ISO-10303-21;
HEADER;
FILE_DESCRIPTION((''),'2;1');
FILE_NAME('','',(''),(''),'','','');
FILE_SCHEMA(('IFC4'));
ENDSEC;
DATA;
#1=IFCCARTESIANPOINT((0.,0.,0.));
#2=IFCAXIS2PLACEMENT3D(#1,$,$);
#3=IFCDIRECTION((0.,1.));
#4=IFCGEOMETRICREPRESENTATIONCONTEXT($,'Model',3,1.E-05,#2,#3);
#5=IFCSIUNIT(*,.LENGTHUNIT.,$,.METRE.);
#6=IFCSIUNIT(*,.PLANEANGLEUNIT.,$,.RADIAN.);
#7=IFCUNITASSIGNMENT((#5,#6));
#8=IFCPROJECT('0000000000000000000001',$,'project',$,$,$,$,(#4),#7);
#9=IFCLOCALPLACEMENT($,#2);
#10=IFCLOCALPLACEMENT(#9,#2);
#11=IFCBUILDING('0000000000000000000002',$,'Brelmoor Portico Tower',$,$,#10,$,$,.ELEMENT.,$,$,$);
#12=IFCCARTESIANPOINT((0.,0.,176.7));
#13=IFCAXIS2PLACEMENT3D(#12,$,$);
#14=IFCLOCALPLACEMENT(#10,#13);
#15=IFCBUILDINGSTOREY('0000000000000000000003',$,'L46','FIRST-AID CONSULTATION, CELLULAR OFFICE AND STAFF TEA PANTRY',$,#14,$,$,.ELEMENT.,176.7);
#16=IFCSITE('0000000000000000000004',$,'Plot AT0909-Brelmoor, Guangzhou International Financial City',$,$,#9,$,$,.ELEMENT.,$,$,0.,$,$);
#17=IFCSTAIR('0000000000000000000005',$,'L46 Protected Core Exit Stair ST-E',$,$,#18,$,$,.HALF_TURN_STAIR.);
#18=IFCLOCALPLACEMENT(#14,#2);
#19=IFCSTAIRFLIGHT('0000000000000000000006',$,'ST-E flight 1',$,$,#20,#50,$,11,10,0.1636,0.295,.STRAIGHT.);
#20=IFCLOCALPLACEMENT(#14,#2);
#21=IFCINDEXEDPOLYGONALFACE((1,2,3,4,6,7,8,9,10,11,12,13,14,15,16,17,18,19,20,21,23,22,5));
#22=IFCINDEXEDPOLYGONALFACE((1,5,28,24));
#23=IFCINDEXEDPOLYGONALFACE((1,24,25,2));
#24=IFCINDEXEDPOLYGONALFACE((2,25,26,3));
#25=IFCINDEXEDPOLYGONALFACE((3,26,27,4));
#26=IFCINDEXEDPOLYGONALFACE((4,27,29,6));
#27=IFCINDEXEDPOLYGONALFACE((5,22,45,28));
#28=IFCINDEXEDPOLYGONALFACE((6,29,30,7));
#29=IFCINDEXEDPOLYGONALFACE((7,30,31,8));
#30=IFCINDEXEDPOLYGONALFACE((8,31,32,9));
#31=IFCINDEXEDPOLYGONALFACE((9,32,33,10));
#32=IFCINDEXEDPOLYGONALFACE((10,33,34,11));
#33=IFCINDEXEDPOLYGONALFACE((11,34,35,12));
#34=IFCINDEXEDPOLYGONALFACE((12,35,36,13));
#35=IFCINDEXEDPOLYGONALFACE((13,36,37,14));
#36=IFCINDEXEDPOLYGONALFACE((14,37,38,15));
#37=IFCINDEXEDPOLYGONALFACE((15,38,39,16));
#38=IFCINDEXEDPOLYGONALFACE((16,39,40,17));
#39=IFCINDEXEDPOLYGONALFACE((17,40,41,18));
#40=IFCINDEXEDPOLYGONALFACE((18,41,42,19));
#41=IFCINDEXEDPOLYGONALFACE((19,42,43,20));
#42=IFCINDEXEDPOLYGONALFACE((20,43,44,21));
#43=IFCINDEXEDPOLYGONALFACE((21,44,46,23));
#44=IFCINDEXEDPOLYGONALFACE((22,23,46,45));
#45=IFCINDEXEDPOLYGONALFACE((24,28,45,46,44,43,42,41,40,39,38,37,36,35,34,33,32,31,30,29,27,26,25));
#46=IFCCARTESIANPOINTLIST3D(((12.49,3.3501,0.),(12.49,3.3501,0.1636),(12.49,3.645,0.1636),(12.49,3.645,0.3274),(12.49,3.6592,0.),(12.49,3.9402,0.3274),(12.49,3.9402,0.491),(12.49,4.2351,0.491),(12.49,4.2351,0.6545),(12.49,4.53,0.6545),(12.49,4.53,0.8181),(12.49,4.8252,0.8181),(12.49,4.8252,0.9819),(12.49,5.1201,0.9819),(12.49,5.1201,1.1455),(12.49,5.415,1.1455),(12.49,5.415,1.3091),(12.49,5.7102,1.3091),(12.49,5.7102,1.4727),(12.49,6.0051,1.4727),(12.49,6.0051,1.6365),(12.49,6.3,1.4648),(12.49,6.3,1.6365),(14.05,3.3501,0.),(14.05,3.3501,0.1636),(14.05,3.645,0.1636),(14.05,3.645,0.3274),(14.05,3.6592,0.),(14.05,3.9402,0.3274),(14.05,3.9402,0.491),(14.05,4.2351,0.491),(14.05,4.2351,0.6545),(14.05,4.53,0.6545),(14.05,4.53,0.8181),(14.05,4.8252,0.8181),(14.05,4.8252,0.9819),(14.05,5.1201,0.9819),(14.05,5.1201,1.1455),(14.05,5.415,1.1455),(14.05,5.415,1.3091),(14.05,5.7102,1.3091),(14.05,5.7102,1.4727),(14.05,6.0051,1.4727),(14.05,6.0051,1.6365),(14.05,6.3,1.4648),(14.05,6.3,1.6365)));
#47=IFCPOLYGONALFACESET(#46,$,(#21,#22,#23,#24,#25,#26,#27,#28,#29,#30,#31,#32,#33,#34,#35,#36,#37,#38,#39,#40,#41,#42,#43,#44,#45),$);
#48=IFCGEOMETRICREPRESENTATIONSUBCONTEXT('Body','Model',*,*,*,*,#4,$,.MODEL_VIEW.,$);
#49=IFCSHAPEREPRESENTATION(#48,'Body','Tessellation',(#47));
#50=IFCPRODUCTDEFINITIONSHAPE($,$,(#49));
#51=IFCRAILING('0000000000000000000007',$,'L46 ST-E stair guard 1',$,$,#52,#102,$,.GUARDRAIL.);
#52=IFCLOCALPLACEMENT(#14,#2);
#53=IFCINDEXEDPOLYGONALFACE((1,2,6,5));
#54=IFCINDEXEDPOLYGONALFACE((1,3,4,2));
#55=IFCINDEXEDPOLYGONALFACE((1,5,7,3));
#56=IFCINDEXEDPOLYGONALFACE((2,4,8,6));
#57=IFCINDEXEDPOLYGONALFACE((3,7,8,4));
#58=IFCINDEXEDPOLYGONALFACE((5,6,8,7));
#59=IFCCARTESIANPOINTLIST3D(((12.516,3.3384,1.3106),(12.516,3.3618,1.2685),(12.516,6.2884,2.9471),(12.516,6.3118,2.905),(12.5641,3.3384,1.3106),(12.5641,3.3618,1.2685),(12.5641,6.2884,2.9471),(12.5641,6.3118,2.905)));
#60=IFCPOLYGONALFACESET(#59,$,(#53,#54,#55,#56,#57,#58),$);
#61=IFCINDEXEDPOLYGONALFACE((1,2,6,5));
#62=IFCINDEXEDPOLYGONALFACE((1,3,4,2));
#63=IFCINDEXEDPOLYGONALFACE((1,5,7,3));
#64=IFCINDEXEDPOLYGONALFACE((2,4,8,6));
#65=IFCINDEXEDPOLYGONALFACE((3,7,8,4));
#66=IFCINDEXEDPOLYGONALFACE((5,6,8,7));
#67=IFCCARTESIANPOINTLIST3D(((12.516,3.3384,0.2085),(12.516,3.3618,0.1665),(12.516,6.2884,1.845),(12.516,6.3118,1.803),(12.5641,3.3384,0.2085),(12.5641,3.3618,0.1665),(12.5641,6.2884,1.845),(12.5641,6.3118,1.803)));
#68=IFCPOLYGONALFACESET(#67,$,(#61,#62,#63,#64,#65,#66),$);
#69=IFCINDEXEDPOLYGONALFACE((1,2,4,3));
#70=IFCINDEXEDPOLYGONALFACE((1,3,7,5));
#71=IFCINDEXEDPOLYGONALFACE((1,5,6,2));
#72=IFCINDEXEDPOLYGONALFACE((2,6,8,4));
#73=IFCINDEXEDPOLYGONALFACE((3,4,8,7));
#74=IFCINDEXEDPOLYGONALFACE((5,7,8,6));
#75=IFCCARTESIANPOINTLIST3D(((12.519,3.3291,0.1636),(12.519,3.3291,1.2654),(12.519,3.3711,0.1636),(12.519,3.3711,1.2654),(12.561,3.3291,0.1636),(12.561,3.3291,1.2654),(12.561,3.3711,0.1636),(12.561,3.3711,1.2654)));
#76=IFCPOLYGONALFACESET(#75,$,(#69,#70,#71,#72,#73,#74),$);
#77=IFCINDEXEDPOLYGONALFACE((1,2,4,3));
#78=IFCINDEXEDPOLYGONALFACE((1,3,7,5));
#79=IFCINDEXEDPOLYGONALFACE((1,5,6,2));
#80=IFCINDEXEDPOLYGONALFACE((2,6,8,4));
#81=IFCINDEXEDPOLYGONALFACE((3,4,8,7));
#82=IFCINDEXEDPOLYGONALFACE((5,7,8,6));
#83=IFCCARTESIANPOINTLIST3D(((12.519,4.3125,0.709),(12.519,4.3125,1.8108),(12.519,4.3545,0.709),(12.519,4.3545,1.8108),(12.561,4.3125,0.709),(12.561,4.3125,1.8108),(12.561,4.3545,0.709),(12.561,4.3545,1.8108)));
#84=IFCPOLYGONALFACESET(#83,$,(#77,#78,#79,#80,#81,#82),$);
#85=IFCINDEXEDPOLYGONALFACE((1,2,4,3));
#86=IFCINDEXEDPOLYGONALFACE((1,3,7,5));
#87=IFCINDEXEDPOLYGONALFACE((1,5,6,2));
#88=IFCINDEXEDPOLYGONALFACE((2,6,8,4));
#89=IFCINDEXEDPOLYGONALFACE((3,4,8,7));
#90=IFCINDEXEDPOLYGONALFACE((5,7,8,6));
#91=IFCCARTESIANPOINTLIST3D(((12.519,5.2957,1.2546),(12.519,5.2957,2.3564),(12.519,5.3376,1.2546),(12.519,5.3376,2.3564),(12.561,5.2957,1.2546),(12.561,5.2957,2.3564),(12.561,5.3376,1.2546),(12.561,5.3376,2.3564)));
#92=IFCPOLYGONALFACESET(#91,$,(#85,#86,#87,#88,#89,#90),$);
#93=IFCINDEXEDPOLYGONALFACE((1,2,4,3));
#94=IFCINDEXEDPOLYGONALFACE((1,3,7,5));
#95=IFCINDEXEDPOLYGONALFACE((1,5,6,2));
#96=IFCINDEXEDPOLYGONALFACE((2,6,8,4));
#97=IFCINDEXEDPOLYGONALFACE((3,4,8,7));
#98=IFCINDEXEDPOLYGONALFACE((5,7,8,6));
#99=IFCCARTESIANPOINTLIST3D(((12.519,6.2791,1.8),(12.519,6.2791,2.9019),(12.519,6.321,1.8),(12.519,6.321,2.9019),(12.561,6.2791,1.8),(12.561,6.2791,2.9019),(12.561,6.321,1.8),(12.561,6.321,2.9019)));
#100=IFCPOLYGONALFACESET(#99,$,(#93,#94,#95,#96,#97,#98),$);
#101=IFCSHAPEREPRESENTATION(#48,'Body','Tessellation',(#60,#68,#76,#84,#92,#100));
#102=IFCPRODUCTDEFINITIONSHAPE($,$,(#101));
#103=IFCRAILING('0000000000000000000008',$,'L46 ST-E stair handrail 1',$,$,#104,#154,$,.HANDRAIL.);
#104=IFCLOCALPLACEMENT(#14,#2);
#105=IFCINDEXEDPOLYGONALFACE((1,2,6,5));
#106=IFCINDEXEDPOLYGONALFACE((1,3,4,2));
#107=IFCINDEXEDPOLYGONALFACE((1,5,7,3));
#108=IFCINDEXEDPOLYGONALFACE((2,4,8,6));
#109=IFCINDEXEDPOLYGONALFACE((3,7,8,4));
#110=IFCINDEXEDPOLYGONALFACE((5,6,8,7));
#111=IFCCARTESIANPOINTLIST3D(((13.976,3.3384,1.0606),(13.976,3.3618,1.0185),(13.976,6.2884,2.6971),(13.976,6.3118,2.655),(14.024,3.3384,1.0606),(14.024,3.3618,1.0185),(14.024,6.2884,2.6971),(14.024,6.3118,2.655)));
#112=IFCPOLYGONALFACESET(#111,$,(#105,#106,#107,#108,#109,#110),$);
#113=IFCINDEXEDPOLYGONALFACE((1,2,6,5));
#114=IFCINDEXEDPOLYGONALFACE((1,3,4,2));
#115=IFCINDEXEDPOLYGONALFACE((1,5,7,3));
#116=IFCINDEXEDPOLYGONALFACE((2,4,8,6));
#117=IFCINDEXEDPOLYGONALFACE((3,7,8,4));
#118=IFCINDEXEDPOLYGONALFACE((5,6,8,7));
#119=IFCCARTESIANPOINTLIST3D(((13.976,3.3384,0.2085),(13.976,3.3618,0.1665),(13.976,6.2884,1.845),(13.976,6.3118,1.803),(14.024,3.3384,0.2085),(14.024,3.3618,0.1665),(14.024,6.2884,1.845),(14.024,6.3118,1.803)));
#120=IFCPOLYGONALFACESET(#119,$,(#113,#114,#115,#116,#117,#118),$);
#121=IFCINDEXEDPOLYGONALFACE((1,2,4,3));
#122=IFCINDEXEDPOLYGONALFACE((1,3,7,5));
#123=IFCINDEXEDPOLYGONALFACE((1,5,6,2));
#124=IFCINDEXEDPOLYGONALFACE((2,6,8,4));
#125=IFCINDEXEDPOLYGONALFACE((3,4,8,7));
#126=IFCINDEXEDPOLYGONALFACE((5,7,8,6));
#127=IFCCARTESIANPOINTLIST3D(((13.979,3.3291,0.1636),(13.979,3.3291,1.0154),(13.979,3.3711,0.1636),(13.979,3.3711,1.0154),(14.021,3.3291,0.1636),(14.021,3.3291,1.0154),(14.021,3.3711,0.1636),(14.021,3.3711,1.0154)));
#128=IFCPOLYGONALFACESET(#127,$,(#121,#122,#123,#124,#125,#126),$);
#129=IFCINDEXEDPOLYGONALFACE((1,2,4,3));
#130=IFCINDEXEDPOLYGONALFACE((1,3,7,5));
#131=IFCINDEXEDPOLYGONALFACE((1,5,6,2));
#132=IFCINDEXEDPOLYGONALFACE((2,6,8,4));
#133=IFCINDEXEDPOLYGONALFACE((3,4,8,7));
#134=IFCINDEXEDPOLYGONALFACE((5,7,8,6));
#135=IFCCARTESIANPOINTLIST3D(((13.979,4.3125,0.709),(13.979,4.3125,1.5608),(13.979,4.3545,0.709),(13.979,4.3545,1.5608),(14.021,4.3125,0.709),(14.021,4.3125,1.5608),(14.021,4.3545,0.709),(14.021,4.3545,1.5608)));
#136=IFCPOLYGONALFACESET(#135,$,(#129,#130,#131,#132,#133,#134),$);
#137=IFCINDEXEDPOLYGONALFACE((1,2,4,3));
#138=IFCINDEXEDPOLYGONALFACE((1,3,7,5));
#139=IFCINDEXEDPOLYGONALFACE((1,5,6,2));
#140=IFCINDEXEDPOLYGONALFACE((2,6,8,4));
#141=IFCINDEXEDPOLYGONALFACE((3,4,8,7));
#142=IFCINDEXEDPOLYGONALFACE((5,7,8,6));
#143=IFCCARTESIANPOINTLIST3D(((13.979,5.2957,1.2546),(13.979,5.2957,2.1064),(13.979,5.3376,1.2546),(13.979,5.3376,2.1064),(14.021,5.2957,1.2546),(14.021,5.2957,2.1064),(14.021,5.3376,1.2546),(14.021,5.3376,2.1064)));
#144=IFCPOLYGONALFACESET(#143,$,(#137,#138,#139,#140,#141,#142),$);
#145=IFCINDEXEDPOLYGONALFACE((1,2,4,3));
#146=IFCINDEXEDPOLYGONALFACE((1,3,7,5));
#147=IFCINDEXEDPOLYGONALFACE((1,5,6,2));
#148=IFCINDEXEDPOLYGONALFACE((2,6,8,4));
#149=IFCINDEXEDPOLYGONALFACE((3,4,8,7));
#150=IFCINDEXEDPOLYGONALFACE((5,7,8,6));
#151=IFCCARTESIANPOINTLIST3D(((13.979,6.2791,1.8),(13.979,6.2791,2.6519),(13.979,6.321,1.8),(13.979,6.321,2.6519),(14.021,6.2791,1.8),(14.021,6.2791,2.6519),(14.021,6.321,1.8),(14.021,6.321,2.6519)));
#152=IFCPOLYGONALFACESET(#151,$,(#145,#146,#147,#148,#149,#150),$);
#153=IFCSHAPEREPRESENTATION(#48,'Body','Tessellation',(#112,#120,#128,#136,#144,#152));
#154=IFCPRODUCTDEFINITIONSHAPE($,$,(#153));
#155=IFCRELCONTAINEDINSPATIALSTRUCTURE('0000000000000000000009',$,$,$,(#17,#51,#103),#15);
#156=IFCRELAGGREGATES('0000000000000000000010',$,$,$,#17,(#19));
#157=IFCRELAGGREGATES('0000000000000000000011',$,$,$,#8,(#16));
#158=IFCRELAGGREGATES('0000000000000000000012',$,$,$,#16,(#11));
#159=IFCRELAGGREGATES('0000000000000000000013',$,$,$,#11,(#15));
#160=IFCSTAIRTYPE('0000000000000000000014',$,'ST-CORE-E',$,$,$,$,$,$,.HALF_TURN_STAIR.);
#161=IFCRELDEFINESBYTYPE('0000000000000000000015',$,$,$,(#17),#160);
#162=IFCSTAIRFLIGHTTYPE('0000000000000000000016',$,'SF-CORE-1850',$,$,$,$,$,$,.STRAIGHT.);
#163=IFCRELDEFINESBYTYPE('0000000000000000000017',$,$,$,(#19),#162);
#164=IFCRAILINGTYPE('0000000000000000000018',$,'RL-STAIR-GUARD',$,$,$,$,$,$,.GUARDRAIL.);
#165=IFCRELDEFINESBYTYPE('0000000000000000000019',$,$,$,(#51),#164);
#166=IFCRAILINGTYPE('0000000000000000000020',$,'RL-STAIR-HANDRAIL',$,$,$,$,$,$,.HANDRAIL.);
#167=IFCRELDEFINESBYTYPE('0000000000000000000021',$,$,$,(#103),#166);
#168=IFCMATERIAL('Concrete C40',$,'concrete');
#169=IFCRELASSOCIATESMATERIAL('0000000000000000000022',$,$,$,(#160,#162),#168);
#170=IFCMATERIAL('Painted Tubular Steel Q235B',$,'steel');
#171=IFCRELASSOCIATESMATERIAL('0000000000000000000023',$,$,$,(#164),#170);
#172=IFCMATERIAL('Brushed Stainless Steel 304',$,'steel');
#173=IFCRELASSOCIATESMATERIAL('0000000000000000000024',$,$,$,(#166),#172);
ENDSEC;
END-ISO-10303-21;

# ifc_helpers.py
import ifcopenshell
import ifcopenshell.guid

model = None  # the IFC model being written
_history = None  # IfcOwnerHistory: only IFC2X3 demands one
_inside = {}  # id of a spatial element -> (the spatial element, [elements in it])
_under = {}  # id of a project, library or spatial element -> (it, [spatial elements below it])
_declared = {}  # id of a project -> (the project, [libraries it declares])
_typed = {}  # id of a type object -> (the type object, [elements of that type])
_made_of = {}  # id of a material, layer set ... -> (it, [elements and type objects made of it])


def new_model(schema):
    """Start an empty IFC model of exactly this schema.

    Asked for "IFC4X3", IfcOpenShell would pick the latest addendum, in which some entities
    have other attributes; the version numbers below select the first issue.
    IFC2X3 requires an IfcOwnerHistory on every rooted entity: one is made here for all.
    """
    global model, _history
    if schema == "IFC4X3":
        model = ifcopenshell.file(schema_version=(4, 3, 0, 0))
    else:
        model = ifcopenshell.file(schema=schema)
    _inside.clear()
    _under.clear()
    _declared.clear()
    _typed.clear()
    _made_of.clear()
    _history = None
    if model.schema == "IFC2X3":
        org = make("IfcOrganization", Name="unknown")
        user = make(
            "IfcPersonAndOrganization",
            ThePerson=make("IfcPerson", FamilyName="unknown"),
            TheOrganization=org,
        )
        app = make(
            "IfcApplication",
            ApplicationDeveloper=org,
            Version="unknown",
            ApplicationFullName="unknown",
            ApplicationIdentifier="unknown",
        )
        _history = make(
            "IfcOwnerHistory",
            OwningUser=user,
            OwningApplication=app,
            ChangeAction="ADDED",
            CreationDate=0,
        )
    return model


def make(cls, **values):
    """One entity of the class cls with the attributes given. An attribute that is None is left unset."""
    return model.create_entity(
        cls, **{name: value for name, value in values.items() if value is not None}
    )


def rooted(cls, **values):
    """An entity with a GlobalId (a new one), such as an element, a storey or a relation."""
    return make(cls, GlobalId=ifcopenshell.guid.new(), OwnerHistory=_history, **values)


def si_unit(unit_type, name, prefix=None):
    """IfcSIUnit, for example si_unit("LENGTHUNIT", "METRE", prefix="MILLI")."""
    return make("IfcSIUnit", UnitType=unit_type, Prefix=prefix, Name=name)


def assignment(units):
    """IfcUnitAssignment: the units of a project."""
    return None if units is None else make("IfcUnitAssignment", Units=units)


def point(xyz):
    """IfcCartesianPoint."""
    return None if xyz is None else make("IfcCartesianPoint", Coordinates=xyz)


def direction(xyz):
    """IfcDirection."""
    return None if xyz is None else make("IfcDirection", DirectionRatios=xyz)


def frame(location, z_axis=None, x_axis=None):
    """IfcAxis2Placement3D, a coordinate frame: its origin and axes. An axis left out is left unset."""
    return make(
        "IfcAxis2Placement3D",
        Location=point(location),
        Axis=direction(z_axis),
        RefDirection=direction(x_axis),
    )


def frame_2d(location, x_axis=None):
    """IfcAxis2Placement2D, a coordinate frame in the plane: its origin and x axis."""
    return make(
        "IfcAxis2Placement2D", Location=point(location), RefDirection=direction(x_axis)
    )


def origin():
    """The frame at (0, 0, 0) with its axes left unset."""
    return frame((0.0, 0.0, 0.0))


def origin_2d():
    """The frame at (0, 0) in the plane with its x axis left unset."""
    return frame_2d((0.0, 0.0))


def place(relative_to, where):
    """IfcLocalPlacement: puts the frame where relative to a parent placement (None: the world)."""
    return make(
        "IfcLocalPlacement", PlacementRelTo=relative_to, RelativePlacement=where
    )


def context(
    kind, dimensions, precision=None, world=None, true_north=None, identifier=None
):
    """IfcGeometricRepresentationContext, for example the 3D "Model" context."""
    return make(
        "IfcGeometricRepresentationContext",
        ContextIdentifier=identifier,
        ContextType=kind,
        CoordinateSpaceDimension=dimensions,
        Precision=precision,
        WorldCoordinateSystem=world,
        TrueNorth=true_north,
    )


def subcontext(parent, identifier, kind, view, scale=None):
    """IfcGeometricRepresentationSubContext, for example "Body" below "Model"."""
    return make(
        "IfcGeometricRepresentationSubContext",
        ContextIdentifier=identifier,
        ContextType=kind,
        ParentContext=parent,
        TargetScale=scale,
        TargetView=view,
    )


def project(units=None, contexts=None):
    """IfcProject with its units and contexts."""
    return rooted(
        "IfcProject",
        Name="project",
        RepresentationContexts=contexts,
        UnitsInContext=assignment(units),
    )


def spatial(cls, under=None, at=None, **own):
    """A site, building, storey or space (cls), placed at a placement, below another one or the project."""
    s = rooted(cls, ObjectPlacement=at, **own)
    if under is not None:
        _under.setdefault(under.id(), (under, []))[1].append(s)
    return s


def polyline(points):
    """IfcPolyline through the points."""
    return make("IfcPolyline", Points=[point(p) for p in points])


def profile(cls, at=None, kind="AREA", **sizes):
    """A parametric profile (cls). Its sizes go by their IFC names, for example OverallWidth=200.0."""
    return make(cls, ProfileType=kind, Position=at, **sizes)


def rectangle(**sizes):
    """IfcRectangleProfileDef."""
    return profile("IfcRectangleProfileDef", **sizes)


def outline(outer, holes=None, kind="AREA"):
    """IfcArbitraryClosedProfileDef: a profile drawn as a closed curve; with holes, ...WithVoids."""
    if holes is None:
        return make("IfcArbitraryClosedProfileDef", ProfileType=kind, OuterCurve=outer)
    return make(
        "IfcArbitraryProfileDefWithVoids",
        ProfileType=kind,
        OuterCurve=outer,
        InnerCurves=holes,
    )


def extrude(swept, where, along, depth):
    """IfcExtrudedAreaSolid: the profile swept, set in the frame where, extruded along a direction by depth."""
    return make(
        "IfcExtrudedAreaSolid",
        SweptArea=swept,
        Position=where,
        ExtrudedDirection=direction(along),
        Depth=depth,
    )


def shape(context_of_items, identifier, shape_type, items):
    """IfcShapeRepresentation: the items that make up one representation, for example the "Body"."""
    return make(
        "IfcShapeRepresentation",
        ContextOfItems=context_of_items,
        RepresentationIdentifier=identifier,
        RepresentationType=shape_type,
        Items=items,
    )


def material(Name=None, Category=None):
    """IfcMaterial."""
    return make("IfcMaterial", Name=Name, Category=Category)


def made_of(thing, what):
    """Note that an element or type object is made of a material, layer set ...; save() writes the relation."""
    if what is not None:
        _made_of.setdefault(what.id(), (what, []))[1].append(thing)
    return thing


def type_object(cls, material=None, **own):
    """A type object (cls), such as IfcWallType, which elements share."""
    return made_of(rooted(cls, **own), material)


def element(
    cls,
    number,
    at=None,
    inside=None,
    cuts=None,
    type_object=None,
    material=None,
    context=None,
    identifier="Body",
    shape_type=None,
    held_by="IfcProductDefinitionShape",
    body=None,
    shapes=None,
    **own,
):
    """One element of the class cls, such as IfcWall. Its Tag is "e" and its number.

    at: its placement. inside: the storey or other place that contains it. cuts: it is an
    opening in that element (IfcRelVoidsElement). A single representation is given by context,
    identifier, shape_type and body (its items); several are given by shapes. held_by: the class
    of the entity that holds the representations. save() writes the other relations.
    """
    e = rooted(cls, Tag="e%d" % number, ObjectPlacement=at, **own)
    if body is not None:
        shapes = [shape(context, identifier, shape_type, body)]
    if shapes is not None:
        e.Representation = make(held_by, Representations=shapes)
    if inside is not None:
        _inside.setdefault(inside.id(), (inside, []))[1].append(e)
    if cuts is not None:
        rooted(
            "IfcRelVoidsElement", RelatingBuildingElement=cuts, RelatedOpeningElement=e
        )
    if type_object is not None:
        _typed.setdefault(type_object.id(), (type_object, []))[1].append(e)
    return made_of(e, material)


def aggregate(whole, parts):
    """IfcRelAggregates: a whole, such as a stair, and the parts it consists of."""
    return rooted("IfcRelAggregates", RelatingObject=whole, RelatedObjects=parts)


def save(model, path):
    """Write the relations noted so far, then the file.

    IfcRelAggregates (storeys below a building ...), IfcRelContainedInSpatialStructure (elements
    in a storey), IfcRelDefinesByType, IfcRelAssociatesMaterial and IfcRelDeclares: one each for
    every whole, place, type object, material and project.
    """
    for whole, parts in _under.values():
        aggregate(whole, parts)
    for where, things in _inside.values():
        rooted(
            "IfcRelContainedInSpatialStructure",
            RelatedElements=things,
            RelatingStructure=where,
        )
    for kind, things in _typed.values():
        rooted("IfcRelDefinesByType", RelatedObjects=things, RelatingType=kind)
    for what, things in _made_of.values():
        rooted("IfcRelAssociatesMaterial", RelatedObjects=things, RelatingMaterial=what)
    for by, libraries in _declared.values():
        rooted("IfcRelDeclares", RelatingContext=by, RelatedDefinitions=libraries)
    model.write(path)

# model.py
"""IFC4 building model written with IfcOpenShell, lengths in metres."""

from ifc_helpers import new_model, si_unit, direction, frame, origin, origin_2d, place, context, subcontext, project, spatial, polyline, rectangle, outline, extrude, material, type_object, element, aggregate, save


model = new_model("IFC4")

# Units and contexts
model_context = context("Model", 3, precision=1e-05, world=origin(), true_north=direction((0.0, 1.0)))
body_context = subcontext(model_context, "Body", "Model", "MODEL_VIEW")
ifc_project = project(units=[si_unit("LENGTHUNIT", "METRE"), si_unit("PLANEANGLEUNIT", "RADIAN")], contexts=[model_context])

# Site, building, storey
site_placement = place(None, origin())
site = spatial("IfcSite", under=ifc_project, at=site_placement, Name="Plot AT0909-Brelmoor, Guangzhou International Financial City", CompositionType="ELEMENT", RefElevation=0.0)
building_placement = place(site_placement, origin())
building = spatial("IfcBuilding", under=site, at=building_placement, Name="Brelmoor Portico Tower", CompositionType="ELEMENT")
storey_placement = place(building_placement, frame((0.0, 0.0, 176.7)))
storey = spatial("IfcBuildingStorey", under=building, at=storey_placement, Name="L46", Description="FIRST-AID CONSULTATION, CELLULAR OFFICE AND STAFF TEA PANTRY", CompositionType="ELEMENT", Elevation=176.7)

# Shared definitions
ifc_material_1 = material(Name="Concrete C40", Category="concrete")

# Stair, stair flight
stair_type = type_object("IfcStairType", Name="ST-CORE-E", PredefinedType="HALF_TURN_STAIR", material=ifc_material_1)
stair_placement = place(storey_placement, origin())
stair = element("IfcStair", 1, at=stair_placement, inside=storey, type_object=stair_type, Name="L46 Protected Core Exit Stair ST-E", PredefinedType="HALF_TURN_STAIR")
stair_flight_type = type_object("IfcStairFlightType", Name="SF-CORE-1850", PredefinedType="STRAIGHT", material=ifc_material_1)
stair_flight_placement = place(storey_placement, frame((13.27, 3.3501, 0.0), z_axis=(0.0, 0.0, 1.0), x_axis=(0.0, 1.0, 0.0)))
stair_flight = element("IfcStairFlight", 2, at=stair_flight_placement, type_object=stair_flight_type, Name="ST-E flight 1", NumberOfRisers=11, NumberOfTreads=10, PredefinedType="STRAIGHT", RiserHeight=0.1636, TreadLength=0.295, context=body_context, shape_type="SweptSolid", body=[
    extrude(outline(polyline([(0.0, 0.0), (0.0, 0.1636), (0.2949, 0.1636), (0.2949, 0.3274), (0.5901, 0.3274), (0.5901, 0.491), (0.885, 0.491), (0.885, 0.6545), (1.1799, 0.6545), (1.1799, 0.8181), (1.4751, 0.8181), (1.4751, 0.9819), (1.77, 0.9819), (1.77, 1.1455), (2.0649, 1.1455), (2.0649, 1.3091), (2.3601, 1.3091), (2.3601, 1.4727), (2.655, 1.4727), (2.655, 1.6365), (2.95, 1.6365), (2.95, 1.8), (2.95, 1.4648), (0.3091, 0.0), (0.0, 0.0)])), frame((0.0, 0.78, 0.0), z_axis=(0.0, -1.0, 0.0), x_axis=(1.0, 0.0, 0.0)), (0.0, 0.0, 1.0), 1.5601),
])
aggregate(stair, [stair_flight])

# Railings
ifc_material_2 = material(Name="Painted Tubular Steel Q235B", Category="steel")
railing_type_1 = type_object("IfcRailingType", Name="RL-STAIR-GUARD", PredefinedType="GUARDRAIL", material=ifc_material_2)
railing_1_placement = place(storey_placement, frame((12.54, 3.3501, 0.1636)))
element("IfcRailing", 3, at=railing_1_placement, inside=storey, type_object=railing_type_1, Name="L46 ST-E stair guard 1", PredefinedType="GUARDRAIL", context=body_context, shape_type="SweptSolid", body=[
    extrude(rectangle(XDim=0.0481, YDim=0.0481, at=origin_2d()), frame((0.0, 0.0, 1.126), z_axis=(0.0, 0.874458, 0.485102), x_axis=(-1.0, 0.0, 0.0)), (0.0, 0.0, 1.0), 3.3735),
    extrude(rectangle(XDim=0.0481, YDim=0.0481, at=origin_2d()), frame((0.0, 0.0, 0.0239), z_axis=(0.0, 0.874458, 0.485102), x_axis=(-1.0, 0.0, 0.0)), (0.0, 0.0, 1.0), 3.3735),
    extrude(rectangle(XDim=0.042, YDim=0.042, at=origin_2d()), origin(), (0.0, 0.0, 1.0), 1.1018),
    extrude(rectangle(XDim=0.042, YDim=0.042, at=origin_2d()), frame((0.0, 0.9834, 0.5454)), (0.0, 0.0, 1.0), 1.1018),
    extrude(rectangle(XDim=0.042, YDim=0.042, at=origin_2d()), frame((0.0, 1.9666, 1.0911)), (0.0, 0.0, 1.0), 1.1018),
    extrude(rectangle(XDim=0.042, YDim=0.042, at=origin_2d()), frame((0.0, 2.95, 1.6365)), (0.0, 0.0, 1.0), 1.1018),
])
ifc_material_3 = material(Name="Brushed Stainless Steel 304", Category="steel")
railing_type_2 = type_object("IfcRailingType", Name="RL-STAIR-HANDRAIL", PredefinedType="HANDRAIL", material=ifc_material_3)
railing_2_placement = place(storey_placement, frame((14.0, 3.3501, 0.1636)))
element("IfcRailing", 4, at=railing_2_placement, inside=storey, type_object=railing_type_2, Name="L46 ST-E stair handrail 1", PredefinedType="HANDRAIL", context=body_context, shape_type="SweptSolid", body=[
    extrude(rectangle(XDim=0.0481, YDim=0.0481, at=origin_2d()), frame((0.0, 0.0, 0.876), z_axis=(0.0, 0.874458, 0.485102), x_axis=(-1.0, 0.0, 0.0)), (0.0, 0.0, 1.0), 3.3735),
    extrude(rectangle(XDim=0.0481, YDim=0.0481, at=origin_2d()), frame((0.0, 0.0, 0.0239), z_axis=(0.0, 0.874458, 0.485102), x_axis=(-1.0, 0.0, 0.0)), (0.0, 0.0, 1.0), 3.3735),
    extrude(rectangle(XDim=0.042, YDim=0.042, at=origin_2d()), origin(), (0.0, 0.0, 1.0), 0.8518),
    extrude(rectangle(XDim=0.042, YDim=0.042, at=origin_2d()), frame((0.0, 0.9834, 0.5454)), (0.0, 0.0, 1.0), 0.8518),
    extrude(rectangle(XDim=0.042, YDim=0.042, at=origin_2d()), frame((0.0, 1.9666, 1.0911)), (0.0, 0.0, 1.0), 0.8518),
    extrude(rectangle(XDim=0.042, YDim=0.042, at=origin_2d()), frame((0.0, 2.95, 1.6365)), (0.0, 0.0, 1.0), 0.8518),
])

save(model, "model.ifc")
